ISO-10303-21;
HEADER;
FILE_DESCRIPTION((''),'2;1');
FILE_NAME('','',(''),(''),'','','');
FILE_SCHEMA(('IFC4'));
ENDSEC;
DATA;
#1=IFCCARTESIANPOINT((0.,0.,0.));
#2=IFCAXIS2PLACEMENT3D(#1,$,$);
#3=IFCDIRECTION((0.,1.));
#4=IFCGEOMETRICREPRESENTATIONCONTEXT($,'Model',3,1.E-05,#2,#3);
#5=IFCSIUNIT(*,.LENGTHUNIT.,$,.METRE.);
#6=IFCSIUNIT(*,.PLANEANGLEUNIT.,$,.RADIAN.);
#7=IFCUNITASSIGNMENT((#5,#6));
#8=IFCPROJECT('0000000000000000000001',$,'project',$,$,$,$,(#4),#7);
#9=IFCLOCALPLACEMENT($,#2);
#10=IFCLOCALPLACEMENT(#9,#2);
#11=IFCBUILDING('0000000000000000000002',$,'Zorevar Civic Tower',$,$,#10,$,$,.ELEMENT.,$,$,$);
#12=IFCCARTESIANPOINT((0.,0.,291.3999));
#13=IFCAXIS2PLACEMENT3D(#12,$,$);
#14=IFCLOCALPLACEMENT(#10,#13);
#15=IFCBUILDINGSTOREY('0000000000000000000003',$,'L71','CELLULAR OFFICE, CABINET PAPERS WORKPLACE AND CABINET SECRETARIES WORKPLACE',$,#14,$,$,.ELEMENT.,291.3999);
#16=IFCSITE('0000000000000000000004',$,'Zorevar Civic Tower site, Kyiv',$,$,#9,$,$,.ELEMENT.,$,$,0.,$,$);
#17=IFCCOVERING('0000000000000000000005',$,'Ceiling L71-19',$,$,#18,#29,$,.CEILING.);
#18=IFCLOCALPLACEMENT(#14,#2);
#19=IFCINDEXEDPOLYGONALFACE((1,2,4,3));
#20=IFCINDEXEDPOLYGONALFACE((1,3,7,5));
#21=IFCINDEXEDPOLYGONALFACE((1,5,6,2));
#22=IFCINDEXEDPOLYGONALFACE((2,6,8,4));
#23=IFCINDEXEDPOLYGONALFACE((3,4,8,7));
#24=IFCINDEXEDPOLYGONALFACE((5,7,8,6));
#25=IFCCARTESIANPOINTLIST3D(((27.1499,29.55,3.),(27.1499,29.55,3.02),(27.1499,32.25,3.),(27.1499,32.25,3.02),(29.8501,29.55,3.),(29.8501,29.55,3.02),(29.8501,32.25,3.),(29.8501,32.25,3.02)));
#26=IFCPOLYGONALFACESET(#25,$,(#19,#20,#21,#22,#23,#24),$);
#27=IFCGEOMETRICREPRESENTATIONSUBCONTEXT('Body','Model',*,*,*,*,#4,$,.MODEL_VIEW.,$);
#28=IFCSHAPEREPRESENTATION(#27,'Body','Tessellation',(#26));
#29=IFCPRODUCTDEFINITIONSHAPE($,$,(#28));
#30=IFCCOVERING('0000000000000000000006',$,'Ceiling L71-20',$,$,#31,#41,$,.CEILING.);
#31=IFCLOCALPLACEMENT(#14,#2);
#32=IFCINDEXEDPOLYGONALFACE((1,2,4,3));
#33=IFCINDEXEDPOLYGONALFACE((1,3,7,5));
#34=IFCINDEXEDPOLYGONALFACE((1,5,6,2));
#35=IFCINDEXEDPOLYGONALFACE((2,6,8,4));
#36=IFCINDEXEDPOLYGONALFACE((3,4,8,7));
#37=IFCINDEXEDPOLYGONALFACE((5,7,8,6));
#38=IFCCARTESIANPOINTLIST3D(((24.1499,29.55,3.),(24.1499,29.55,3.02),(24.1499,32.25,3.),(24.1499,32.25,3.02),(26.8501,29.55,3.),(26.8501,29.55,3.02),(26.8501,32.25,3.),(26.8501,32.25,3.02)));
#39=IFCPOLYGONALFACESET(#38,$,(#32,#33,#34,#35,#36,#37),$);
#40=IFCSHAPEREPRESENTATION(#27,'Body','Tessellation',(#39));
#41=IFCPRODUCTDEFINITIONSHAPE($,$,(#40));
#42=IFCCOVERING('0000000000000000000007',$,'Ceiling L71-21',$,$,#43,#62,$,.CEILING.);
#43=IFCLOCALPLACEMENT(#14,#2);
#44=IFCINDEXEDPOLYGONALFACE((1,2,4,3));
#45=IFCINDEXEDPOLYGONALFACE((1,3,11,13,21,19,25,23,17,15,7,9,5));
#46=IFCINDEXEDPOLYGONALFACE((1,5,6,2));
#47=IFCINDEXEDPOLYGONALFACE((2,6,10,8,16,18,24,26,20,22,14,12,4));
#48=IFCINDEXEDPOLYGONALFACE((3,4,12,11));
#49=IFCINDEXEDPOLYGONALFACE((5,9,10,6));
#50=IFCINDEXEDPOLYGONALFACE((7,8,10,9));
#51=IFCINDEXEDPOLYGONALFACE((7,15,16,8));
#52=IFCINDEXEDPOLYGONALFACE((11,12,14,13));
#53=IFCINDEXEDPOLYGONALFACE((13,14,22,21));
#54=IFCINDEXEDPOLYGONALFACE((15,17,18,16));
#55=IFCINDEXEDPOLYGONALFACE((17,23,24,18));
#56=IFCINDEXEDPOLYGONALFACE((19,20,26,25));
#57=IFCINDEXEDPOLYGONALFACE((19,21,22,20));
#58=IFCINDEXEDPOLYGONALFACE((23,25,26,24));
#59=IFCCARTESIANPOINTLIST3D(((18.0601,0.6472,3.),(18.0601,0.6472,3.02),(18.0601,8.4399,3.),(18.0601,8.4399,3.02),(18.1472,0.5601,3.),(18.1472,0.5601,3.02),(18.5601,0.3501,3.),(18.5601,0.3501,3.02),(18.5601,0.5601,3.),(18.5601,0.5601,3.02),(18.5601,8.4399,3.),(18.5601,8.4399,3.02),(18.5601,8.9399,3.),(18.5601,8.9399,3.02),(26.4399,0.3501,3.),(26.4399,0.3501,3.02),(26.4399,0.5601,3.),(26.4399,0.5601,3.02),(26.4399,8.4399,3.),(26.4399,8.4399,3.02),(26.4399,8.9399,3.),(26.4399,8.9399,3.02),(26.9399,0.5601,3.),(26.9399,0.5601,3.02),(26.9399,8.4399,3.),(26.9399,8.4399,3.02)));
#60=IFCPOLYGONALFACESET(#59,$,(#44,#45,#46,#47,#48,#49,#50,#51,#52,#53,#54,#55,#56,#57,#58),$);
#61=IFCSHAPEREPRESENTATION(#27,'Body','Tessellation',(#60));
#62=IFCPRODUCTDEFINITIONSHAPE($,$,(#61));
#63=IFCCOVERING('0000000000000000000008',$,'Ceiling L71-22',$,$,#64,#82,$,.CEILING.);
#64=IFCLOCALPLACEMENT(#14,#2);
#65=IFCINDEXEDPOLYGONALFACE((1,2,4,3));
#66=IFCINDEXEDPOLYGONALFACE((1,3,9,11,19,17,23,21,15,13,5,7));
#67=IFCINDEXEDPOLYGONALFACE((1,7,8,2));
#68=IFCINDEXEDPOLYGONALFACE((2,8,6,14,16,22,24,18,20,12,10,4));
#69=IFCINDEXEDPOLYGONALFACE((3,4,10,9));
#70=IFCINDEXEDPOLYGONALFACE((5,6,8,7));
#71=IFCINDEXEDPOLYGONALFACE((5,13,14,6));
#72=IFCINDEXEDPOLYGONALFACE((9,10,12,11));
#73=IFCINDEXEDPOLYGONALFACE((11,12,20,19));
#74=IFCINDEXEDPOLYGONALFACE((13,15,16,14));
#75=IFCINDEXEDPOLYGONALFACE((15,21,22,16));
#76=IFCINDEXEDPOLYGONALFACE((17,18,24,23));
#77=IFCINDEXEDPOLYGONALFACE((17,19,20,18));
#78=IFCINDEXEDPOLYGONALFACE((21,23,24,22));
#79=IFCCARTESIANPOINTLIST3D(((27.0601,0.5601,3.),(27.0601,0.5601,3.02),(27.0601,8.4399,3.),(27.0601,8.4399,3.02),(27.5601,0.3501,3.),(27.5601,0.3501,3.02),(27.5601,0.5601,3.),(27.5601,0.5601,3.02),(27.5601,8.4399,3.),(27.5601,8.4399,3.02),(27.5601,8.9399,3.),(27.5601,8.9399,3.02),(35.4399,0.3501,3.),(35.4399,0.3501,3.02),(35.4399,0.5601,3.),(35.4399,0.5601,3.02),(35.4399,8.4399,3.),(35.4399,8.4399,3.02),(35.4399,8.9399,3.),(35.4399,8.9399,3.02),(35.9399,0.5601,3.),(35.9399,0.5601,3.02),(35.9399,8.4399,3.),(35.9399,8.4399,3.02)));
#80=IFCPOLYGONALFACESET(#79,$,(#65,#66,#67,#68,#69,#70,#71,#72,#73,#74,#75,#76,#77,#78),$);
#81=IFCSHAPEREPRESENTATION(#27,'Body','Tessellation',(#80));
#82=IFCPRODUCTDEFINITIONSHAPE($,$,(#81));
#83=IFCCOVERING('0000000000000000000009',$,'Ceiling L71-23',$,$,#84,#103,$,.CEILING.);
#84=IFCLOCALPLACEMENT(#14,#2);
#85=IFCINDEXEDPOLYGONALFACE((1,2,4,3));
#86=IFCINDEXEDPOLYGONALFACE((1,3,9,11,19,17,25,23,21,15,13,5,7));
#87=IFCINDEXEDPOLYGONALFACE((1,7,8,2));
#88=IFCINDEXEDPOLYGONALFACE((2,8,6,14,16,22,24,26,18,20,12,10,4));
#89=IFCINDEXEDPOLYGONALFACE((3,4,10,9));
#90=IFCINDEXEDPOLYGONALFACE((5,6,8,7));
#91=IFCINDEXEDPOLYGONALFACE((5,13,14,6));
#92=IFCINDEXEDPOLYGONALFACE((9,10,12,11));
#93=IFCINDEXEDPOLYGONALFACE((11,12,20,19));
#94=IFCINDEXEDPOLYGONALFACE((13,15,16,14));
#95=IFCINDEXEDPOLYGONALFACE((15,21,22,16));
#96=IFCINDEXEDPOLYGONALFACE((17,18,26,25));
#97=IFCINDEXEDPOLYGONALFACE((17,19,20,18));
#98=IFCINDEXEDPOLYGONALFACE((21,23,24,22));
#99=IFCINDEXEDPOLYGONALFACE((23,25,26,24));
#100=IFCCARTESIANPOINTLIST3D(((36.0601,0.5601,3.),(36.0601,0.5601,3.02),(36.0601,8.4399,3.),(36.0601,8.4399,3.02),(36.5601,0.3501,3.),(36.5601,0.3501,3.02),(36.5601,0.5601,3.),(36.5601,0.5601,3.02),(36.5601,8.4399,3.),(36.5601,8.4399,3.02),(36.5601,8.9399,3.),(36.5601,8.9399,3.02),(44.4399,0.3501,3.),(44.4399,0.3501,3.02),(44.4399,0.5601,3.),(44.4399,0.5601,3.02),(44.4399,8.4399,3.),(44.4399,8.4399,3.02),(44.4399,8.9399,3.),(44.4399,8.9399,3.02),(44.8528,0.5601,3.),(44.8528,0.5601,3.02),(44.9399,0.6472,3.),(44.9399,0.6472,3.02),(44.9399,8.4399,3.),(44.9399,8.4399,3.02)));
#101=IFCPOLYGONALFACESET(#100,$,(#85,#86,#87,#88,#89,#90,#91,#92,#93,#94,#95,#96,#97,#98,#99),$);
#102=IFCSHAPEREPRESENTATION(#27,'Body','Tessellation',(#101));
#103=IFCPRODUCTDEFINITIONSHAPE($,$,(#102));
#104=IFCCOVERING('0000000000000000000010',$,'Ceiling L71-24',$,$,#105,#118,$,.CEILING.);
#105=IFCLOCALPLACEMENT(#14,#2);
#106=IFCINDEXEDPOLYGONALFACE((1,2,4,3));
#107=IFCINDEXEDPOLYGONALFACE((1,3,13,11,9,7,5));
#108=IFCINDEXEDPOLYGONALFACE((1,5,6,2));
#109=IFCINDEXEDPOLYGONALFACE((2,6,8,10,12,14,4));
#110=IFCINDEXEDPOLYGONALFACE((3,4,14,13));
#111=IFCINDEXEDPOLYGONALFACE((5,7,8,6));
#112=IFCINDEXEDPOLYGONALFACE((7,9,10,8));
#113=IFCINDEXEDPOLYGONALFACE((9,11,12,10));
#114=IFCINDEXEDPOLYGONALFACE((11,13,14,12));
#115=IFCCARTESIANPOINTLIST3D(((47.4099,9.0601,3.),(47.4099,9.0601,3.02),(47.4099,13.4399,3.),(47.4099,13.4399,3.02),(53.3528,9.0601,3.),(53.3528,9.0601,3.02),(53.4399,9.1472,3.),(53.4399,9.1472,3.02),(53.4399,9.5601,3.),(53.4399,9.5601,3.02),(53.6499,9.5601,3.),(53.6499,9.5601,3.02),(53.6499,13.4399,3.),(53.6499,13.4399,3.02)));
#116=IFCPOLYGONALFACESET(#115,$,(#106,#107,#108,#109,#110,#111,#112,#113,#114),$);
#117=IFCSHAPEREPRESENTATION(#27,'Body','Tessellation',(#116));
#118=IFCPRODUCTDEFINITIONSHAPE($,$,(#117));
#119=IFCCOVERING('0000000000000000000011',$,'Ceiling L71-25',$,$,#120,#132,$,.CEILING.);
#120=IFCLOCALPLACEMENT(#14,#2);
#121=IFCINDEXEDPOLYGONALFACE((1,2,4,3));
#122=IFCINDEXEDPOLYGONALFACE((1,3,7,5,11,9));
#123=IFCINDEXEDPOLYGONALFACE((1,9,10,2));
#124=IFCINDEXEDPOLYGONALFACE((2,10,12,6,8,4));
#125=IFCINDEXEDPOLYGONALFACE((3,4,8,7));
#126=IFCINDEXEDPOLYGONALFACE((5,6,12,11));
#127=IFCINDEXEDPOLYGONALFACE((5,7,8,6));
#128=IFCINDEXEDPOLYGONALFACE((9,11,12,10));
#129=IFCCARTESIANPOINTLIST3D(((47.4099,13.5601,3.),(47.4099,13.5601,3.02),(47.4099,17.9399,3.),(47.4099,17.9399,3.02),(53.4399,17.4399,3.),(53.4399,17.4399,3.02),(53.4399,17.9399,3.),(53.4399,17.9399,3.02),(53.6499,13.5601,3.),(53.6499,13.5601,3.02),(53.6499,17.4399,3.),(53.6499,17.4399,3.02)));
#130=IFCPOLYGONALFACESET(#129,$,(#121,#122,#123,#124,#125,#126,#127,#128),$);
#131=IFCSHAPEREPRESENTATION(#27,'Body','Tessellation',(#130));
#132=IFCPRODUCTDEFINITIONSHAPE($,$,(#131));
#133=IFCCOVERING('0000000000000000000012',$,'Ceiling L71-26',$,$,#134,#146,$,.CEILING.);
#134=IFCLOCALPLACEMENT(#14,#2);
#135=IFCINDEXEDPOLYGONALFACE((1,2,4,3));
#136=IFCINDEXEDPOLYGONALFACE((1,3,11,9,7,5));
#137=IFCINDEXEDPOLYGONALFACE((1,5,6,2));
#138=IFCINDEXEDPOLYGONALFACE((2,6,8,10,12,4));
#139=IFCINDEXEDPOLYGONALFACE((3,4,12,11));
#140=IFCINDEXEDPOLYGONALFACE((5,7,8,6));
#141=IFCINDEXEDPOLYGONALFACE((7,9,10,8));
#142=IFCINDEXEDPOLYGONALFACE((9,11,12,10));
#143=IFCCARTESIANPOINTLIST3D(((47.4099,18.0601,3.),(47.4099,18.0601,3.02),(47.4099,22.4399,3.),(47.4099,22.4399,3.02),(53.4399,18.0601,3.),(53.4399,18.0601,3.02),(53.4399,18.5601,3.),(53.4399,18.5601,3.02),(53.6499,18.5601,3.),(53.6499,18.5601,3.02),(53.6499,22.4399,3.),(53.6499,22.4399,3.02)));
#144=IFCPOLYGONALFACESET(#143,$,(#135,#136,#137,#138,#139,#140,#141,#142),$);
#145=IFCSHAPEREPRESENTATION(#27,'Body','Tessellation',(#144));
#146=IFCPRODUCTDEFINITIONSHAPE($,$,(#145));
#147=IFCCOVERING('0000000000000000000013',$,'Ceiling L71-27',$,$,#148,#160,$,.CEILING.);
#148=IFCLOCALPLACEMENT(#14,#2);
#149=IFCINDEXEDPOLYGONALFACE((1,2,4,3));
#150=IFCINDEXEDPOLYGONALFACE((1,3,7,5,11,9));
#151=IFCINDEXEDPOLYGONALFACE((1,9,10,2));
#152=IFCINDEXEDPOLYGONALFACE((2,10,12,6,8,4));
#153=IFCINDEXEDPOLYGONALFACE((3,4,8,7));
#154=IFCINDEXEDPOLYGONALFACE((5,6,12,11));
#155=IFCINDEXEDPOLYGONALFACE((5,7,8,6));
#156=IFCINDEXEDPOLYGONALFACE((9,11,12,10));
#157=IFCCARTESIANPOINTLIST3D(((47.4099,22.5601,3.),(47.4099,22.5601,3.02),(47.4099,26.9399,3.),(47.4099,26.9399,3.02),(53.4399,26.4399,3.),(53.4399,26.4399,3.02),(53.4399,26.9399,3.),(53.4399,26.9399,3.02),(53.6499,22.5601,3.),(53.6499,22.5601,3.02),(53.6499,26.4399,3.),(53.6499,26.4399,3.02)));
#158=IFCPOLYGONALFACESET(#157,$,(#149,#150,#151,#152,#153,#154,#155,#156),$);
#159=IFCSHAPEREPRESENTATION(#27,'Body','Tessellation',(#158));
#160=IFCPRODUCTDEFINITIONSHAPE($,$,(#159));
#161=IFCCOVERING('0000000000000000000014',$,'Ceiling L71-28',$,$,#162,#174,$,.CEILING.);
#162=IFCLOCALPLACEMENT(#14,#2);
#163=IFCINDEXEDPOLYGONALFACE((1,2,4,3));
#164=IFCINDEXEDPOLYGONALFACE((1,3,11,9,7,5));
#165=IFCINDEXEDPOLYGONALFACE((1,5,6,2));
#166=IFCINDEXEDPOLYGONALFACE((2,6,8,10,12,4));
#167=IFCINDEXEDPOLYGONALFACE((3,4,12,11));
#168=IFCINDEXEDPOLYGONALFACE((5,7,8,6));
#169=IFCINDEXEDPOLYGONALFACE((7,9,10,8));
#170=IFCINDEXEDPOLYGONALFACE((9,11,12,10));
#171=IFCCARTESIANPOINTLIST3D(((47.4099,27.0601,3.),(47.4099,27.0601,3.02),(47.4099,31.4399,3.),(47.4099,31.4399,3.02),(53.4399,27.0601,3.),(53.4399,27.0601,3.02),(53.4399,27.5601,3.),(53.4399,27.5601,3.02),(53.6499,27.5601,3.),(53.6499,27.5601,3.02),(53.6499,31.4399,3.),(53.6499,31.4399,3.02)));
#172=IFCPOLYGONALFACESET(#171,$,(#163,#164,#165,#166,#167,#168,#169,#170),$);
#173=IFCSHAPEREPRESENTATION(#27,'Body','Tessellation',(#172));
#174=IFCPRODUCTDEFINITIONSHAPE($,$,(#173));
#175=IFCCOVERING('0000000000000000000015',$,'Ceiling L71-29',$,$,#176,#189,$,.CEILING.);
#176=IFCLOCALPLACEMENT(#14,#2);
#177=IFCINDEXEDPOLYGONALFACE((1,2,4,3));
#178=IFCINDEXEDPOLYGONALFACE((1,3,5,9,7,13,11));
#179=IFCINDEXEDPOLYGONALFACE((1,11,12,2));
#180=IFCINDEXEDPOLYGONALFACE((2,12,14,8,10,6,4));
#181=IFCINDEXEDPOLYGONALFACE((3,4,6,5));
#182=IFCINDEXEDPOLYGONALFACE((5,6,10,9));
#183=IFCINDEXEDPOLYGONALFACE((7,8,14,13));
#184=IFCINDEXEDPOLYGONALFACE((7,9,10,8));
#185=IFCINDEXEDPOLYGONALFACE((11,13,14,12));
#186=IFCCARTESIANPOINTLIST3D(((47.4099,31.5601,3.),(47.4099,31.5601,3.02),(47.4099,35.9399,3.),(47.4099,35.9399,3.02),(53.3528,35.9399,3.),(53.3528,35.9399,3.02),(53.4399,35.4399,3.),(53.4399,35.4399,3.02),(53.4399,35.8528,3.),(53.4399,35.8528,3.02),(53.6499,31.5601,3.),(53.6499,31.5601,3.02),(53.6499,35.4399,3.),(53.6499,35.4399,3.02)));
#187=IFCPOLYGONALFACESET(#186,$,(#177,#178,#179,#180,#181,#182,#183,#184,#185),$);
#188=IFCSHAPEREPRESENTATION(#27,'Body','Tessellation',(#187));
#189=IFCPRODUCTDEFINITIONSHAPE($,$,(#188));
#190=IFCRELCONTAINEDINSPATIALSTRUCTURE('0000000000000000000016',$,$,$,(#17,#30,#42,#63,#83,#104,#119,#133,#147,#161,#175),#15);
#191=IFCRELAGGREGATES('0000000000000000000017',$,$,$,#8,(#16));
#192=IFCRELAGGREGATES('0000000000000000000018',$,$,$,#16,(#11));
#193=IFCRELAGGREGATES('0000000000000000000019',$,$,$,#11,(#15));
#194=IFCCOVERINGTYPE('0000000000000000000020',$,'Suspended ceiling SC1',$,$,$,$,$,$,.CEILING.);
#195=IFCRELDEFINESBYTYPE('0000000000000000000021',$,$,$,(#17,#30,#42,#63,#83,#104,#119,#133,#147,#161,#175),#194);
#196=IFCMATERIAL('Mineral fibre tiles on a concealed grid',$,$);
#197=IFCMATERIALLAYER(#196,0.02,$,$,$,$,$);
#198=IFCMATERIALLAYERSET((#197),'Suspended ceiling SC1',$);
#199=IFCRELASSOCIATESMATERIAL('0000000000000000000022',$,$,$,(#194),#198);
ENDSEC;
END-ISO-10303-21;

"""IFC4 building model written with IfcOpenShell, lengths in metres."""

from ifc_helpers import new_model, si_unit, direction, frame, origin, place, context, subcontext, project, spatial, polyline, outline, extrude, material, layer, layer_set, type_object, element, save


model = new_model("IFC4")

# Units and contexts
model_context = context("Model", 3, precision=1e-05, world=origin(), true_north=direction((0.0, 1.0)))
body_context = subcontext(model_context, "Body", "Model", "MODEL_VIEW")
ifc_project = project(units=[si_unit("LENGTHUNIT", "METRE"), si_unit("PLANEANGLEUNIT", "RADIAN")], contexts=[model_context])

# Site, building, storey
site_placement = place(None, origin())
site = spatial("IfcSite", under=ifc_project, at=site_placement, Name="Zorevar Civic Tower site, Kyiv", CompositionType="ELEMENT", RefElevation=0.0)
building_placement = place(site_placement, origin())
building = spatial("IfcBuilding", under=site, at=building_placement, Name="Zorevar Civic Tower", CompositionType="ELEMENT")
storey_placement = place(building_placement, frame((0.0, 0.0, 291.3999)))
storey = spatial("IfcBuildingStorey", under=building, at=storey_placement, Name="L71", Description="CELLULAR OFFICE, CABINET PAPERS WORKPLACE AND CABINET SECRETARIES WORKPLACE", CompositionType="ELEMENT", Elevation=291.3999)

# Coverings
ifc_material_1 = material(Name="Mineral fibre tiles on a concealed grid")
ifc_layer_1 = layer(ifc_material_1, 0.02)
ifc_layer_set_1 = layer_set([ifc_layer_1], Name="Suspended ceiling SC1")
covering_type_1 = type_object("IfcCoveringType", Name="Suspended ceiling SC1", PredefinedType="CEILING", material=ifc_layer_set_1)
covering_1_placement = place(storey_placement, frame((0.0, 0.0, 3.0)))
element("IfcCovering", 1, at=covering_1_placement, inside=storey, type_object=covering_type_1, Name="Ceiling L71-19", PredefinedType="CEILING", context=body_context, shape_type="SweptSolid", body=[
    extrude(outline(polyline([(29.8501, 29.55), (29.8501, 32.25), (27.1499, 32.25), (27.1499, 29.55), (29.8501, 29.55)])), origin(), (0.0, 0.0, 1.0), 0.02),
])
covering_2_placement = place(storey_placement, frame((0.0, 0.0, 3.0)))
element("IfcCovering", 2, at=covering_2_placement, inside=storey, type_object=covering_type_1, Name="Ceiling L71-20", PredefinedType="CEILING", context=body_context, shape_type="SweptSolid", body=[
    extrude(outline(polyline([(26.8501, 29.55), (26.8501, 32.25), (24.1499, 32.25), (24.1499, 29.55), (26.8501, 29.55)])), origin(), (0.0, 0.0, 1.0), 0.02),
])
covering_3_placement = place(storey_placement, frame((0.0, 0.0, 3.0)))
element("IfcCovering", 3, at=covering_3_placement, inside=storey, type_object=covering_type_1, Name="Ceiling L71-21", PredefinedType="CEILING", context=body_context, shape_type="SweptSolid", body=[
    extrude(outline(polyline([(18.0601, 8.4399), (18.5601, 8.4399), (18.5601, 8.9399), (26.4399, 8.9399), (26.4399, 8.4399), (26.9399, 8.4399), (26.9399, 0.5601), (26.4399, 0.5601), (26.4399, 0.3501), (18.5601, 0.3501), (18.5601, 0.5601), (18.1472, 0.5601), (18.0601, 0.6472), (18.0601, 8.4399)])), origin(), (0.0, 0.0, 1.0), 0.02),
])
covering_4_placement = place(storey_placement, frame((0.0, 0.0, 3.0)))
element("IfcCovering", 4, at=covering_4_placement, inside=storey, type_object=covering_type_1, Name="Ceiling L71-22", PredefinedType="CEILING", context=body_context, shape_type="SweptSolid", body=[
    extrude(outline(polyline([(27.0601, 0.5601), (27.0601, 8.4399), (27.5601, 8.4399), (27.5601, 8.9399), (35.4399, 8.9399), (35.4399, 8.4399), (35.9399, 8.4399), (35.9399, 0.5601), (35.4399, 0.5601), (35.4399, 0.3501), (27.5601, 0.3501), (27.5601, 0.5601), (27.0601, 0.5601)])), origin(), (0.0, 0.0, 1.0), 0.02),
])
covering_5_placement = place(storey_placement, frame((0.0, 0.0, 3.0)))
element("IfcCovering", 5, at=covering_5_placement, inside=storey, type_object=covering_type_1, Name="Ceiling L71-23", PredefinedType="CEILING", context=body_context, shape_type="SweptSolid", body=[
    extrude(outline(polyline([(36.0601, 0.5601), (36.0601, 8.4399), (36.5601, 8.4399), (36.5601, 8.9399), (44.4399, 8.9399), (44.4399, 8.4399), (44.9399, 8.4399), (44.9399, 0.6472), (44.8528, 0.5601), (44.4399, 0.5601), (44.4399, 0.3501), (36.5601, 0.3501), (36.5601, 0.5601), (36.0601, 0.5601)])), origin(), (0.0, 0.0, 1.0), 0.02),
])
covering_6_placement = place(storey_placement, frame((0.0, 0.0, 3.0)))
element("IfcCovering", 6, at=covering_6_placement, inside=storey, type_object=covering_type_1, Name="Ceiling L71-24", PredefinedType="CEILING", context=body_context, shape_type="SweptSolid", body=[
    extrude(outline(polyline([(53.6499, 13.4399), (53.6499, 9.5601), (53.4399, 9.5601), (53.4399, 9.1472), (53.3528, 9.0601), (47.4099, 9.0601), (47.4099, 13.4399), (53.6499, 13.4399)])), origin(), (0.0, 0.0, 1.0), 0.02),
])
covering_7_placement = place(storey_placement, frame((0.0, 0.0, 3.0)))
element("IfcCovering", 7, at=covering_7_placement, inside=storey, type_object=covering_type_1, Name="Ceiling L71-25", PredefinedType="CEILING", context=body_context, shape_type="SweptSolid", body=[
    extrude(outline(polyline([(47.4099, 17.9399), (53.4399, 17.9399), (53.4399, 17.4399), (53.6499, 17.4399), (53.6499, 13.5601), (47.4099, 13.5601), (47.4099, 17.9399)])), origin(), (0.0, 0.0, 1.0), 0.02),
])
covering_8_placement = place(storey_placement, frame((0.0, 0.0, 3.0)))
element("IfcCovering", 8, at=covering_8_placement, inside=storey, type_object=covering_type_1, Name="Ceiling L71-26", PredefinedType="CEILING", context=body_context, shape_type="SweptSolid", body=[
    extrude(outline(polyline([(47.4099, 22.4399), (53.6499, 22.4399), (53.6499, 18.5601), (53.4399, 18.5601), (53.4399, 18.0601), (47.4099, 18.0601), (47.4099, 22.4399)])), origin(), (0.0, 0.0, 1.0), 0.02),
])
covering_9_placement = place(storey_placement, frame((0.0, 0.0, 3.0)))
element("IfcCovering", 9, at=covering_9_placement, inside=storey, type_object=covering_type_1, Name="Ceiling L71-27", PredefinedType="CEILING", context=body_context, shape_type="SweptSolid", body=[
    extrude(outline(polyline([(47.4099, 26.9399), (53.4399, 26.9399), (53.4399, 26.4399), (53.6499, 26.4399), (53.6499, 22.5601), (47.4099, 22.5601), (47.4099, 26.9399)])), origin(), (0.0, 0.0, 1.0), 0.02),
])
covering_10_placement = place(storey_placement, frame((0.0, 0.0, 3.0)))
element("IfcCovering", 10, at=covering_10_placement, inside=storey, type_object=covering_type_1, Name="Ceiling L71-28", PredefinedType="CEILING", context=body_context, shape_type="SweptSolid", body=[
    extrude(outline(polyline([(47.4099, 31.4399), (53.6499, 31.4399), (53.6499, 27.5601), (53.4399, 27.5601), (53.4399, 27.0601), (47.4099, 27.0601), (47.4099, 31.4399)])), origin(), (0.0, 0.0, 1.0), 0.02),
])
covering_11_placement = place(storey_placement, frame((0.0, 0.0, 3.0)))
element("IfcCovering", 11, at=covering_11_placement, inside=storey, type_object=covering_type_1, Name="Ceiling L71-29", PredefinedType="CEILING", context=body_context, shape_type="SweptSolid", body=[
    extrude(outline(polyline([(53.3528, 35.9399), (53.4399, 35.8528), (53.4399, 35.4399), (53.6499, 35.4399), (53.6499, 31.5601), (47.4099, 31.5601), (47.4099, 35.9399), (53.3528, 35.9399)])), origin(), (0.0, 0.0, 1.0), 0.02),
])

save(model, "model.ifc")
